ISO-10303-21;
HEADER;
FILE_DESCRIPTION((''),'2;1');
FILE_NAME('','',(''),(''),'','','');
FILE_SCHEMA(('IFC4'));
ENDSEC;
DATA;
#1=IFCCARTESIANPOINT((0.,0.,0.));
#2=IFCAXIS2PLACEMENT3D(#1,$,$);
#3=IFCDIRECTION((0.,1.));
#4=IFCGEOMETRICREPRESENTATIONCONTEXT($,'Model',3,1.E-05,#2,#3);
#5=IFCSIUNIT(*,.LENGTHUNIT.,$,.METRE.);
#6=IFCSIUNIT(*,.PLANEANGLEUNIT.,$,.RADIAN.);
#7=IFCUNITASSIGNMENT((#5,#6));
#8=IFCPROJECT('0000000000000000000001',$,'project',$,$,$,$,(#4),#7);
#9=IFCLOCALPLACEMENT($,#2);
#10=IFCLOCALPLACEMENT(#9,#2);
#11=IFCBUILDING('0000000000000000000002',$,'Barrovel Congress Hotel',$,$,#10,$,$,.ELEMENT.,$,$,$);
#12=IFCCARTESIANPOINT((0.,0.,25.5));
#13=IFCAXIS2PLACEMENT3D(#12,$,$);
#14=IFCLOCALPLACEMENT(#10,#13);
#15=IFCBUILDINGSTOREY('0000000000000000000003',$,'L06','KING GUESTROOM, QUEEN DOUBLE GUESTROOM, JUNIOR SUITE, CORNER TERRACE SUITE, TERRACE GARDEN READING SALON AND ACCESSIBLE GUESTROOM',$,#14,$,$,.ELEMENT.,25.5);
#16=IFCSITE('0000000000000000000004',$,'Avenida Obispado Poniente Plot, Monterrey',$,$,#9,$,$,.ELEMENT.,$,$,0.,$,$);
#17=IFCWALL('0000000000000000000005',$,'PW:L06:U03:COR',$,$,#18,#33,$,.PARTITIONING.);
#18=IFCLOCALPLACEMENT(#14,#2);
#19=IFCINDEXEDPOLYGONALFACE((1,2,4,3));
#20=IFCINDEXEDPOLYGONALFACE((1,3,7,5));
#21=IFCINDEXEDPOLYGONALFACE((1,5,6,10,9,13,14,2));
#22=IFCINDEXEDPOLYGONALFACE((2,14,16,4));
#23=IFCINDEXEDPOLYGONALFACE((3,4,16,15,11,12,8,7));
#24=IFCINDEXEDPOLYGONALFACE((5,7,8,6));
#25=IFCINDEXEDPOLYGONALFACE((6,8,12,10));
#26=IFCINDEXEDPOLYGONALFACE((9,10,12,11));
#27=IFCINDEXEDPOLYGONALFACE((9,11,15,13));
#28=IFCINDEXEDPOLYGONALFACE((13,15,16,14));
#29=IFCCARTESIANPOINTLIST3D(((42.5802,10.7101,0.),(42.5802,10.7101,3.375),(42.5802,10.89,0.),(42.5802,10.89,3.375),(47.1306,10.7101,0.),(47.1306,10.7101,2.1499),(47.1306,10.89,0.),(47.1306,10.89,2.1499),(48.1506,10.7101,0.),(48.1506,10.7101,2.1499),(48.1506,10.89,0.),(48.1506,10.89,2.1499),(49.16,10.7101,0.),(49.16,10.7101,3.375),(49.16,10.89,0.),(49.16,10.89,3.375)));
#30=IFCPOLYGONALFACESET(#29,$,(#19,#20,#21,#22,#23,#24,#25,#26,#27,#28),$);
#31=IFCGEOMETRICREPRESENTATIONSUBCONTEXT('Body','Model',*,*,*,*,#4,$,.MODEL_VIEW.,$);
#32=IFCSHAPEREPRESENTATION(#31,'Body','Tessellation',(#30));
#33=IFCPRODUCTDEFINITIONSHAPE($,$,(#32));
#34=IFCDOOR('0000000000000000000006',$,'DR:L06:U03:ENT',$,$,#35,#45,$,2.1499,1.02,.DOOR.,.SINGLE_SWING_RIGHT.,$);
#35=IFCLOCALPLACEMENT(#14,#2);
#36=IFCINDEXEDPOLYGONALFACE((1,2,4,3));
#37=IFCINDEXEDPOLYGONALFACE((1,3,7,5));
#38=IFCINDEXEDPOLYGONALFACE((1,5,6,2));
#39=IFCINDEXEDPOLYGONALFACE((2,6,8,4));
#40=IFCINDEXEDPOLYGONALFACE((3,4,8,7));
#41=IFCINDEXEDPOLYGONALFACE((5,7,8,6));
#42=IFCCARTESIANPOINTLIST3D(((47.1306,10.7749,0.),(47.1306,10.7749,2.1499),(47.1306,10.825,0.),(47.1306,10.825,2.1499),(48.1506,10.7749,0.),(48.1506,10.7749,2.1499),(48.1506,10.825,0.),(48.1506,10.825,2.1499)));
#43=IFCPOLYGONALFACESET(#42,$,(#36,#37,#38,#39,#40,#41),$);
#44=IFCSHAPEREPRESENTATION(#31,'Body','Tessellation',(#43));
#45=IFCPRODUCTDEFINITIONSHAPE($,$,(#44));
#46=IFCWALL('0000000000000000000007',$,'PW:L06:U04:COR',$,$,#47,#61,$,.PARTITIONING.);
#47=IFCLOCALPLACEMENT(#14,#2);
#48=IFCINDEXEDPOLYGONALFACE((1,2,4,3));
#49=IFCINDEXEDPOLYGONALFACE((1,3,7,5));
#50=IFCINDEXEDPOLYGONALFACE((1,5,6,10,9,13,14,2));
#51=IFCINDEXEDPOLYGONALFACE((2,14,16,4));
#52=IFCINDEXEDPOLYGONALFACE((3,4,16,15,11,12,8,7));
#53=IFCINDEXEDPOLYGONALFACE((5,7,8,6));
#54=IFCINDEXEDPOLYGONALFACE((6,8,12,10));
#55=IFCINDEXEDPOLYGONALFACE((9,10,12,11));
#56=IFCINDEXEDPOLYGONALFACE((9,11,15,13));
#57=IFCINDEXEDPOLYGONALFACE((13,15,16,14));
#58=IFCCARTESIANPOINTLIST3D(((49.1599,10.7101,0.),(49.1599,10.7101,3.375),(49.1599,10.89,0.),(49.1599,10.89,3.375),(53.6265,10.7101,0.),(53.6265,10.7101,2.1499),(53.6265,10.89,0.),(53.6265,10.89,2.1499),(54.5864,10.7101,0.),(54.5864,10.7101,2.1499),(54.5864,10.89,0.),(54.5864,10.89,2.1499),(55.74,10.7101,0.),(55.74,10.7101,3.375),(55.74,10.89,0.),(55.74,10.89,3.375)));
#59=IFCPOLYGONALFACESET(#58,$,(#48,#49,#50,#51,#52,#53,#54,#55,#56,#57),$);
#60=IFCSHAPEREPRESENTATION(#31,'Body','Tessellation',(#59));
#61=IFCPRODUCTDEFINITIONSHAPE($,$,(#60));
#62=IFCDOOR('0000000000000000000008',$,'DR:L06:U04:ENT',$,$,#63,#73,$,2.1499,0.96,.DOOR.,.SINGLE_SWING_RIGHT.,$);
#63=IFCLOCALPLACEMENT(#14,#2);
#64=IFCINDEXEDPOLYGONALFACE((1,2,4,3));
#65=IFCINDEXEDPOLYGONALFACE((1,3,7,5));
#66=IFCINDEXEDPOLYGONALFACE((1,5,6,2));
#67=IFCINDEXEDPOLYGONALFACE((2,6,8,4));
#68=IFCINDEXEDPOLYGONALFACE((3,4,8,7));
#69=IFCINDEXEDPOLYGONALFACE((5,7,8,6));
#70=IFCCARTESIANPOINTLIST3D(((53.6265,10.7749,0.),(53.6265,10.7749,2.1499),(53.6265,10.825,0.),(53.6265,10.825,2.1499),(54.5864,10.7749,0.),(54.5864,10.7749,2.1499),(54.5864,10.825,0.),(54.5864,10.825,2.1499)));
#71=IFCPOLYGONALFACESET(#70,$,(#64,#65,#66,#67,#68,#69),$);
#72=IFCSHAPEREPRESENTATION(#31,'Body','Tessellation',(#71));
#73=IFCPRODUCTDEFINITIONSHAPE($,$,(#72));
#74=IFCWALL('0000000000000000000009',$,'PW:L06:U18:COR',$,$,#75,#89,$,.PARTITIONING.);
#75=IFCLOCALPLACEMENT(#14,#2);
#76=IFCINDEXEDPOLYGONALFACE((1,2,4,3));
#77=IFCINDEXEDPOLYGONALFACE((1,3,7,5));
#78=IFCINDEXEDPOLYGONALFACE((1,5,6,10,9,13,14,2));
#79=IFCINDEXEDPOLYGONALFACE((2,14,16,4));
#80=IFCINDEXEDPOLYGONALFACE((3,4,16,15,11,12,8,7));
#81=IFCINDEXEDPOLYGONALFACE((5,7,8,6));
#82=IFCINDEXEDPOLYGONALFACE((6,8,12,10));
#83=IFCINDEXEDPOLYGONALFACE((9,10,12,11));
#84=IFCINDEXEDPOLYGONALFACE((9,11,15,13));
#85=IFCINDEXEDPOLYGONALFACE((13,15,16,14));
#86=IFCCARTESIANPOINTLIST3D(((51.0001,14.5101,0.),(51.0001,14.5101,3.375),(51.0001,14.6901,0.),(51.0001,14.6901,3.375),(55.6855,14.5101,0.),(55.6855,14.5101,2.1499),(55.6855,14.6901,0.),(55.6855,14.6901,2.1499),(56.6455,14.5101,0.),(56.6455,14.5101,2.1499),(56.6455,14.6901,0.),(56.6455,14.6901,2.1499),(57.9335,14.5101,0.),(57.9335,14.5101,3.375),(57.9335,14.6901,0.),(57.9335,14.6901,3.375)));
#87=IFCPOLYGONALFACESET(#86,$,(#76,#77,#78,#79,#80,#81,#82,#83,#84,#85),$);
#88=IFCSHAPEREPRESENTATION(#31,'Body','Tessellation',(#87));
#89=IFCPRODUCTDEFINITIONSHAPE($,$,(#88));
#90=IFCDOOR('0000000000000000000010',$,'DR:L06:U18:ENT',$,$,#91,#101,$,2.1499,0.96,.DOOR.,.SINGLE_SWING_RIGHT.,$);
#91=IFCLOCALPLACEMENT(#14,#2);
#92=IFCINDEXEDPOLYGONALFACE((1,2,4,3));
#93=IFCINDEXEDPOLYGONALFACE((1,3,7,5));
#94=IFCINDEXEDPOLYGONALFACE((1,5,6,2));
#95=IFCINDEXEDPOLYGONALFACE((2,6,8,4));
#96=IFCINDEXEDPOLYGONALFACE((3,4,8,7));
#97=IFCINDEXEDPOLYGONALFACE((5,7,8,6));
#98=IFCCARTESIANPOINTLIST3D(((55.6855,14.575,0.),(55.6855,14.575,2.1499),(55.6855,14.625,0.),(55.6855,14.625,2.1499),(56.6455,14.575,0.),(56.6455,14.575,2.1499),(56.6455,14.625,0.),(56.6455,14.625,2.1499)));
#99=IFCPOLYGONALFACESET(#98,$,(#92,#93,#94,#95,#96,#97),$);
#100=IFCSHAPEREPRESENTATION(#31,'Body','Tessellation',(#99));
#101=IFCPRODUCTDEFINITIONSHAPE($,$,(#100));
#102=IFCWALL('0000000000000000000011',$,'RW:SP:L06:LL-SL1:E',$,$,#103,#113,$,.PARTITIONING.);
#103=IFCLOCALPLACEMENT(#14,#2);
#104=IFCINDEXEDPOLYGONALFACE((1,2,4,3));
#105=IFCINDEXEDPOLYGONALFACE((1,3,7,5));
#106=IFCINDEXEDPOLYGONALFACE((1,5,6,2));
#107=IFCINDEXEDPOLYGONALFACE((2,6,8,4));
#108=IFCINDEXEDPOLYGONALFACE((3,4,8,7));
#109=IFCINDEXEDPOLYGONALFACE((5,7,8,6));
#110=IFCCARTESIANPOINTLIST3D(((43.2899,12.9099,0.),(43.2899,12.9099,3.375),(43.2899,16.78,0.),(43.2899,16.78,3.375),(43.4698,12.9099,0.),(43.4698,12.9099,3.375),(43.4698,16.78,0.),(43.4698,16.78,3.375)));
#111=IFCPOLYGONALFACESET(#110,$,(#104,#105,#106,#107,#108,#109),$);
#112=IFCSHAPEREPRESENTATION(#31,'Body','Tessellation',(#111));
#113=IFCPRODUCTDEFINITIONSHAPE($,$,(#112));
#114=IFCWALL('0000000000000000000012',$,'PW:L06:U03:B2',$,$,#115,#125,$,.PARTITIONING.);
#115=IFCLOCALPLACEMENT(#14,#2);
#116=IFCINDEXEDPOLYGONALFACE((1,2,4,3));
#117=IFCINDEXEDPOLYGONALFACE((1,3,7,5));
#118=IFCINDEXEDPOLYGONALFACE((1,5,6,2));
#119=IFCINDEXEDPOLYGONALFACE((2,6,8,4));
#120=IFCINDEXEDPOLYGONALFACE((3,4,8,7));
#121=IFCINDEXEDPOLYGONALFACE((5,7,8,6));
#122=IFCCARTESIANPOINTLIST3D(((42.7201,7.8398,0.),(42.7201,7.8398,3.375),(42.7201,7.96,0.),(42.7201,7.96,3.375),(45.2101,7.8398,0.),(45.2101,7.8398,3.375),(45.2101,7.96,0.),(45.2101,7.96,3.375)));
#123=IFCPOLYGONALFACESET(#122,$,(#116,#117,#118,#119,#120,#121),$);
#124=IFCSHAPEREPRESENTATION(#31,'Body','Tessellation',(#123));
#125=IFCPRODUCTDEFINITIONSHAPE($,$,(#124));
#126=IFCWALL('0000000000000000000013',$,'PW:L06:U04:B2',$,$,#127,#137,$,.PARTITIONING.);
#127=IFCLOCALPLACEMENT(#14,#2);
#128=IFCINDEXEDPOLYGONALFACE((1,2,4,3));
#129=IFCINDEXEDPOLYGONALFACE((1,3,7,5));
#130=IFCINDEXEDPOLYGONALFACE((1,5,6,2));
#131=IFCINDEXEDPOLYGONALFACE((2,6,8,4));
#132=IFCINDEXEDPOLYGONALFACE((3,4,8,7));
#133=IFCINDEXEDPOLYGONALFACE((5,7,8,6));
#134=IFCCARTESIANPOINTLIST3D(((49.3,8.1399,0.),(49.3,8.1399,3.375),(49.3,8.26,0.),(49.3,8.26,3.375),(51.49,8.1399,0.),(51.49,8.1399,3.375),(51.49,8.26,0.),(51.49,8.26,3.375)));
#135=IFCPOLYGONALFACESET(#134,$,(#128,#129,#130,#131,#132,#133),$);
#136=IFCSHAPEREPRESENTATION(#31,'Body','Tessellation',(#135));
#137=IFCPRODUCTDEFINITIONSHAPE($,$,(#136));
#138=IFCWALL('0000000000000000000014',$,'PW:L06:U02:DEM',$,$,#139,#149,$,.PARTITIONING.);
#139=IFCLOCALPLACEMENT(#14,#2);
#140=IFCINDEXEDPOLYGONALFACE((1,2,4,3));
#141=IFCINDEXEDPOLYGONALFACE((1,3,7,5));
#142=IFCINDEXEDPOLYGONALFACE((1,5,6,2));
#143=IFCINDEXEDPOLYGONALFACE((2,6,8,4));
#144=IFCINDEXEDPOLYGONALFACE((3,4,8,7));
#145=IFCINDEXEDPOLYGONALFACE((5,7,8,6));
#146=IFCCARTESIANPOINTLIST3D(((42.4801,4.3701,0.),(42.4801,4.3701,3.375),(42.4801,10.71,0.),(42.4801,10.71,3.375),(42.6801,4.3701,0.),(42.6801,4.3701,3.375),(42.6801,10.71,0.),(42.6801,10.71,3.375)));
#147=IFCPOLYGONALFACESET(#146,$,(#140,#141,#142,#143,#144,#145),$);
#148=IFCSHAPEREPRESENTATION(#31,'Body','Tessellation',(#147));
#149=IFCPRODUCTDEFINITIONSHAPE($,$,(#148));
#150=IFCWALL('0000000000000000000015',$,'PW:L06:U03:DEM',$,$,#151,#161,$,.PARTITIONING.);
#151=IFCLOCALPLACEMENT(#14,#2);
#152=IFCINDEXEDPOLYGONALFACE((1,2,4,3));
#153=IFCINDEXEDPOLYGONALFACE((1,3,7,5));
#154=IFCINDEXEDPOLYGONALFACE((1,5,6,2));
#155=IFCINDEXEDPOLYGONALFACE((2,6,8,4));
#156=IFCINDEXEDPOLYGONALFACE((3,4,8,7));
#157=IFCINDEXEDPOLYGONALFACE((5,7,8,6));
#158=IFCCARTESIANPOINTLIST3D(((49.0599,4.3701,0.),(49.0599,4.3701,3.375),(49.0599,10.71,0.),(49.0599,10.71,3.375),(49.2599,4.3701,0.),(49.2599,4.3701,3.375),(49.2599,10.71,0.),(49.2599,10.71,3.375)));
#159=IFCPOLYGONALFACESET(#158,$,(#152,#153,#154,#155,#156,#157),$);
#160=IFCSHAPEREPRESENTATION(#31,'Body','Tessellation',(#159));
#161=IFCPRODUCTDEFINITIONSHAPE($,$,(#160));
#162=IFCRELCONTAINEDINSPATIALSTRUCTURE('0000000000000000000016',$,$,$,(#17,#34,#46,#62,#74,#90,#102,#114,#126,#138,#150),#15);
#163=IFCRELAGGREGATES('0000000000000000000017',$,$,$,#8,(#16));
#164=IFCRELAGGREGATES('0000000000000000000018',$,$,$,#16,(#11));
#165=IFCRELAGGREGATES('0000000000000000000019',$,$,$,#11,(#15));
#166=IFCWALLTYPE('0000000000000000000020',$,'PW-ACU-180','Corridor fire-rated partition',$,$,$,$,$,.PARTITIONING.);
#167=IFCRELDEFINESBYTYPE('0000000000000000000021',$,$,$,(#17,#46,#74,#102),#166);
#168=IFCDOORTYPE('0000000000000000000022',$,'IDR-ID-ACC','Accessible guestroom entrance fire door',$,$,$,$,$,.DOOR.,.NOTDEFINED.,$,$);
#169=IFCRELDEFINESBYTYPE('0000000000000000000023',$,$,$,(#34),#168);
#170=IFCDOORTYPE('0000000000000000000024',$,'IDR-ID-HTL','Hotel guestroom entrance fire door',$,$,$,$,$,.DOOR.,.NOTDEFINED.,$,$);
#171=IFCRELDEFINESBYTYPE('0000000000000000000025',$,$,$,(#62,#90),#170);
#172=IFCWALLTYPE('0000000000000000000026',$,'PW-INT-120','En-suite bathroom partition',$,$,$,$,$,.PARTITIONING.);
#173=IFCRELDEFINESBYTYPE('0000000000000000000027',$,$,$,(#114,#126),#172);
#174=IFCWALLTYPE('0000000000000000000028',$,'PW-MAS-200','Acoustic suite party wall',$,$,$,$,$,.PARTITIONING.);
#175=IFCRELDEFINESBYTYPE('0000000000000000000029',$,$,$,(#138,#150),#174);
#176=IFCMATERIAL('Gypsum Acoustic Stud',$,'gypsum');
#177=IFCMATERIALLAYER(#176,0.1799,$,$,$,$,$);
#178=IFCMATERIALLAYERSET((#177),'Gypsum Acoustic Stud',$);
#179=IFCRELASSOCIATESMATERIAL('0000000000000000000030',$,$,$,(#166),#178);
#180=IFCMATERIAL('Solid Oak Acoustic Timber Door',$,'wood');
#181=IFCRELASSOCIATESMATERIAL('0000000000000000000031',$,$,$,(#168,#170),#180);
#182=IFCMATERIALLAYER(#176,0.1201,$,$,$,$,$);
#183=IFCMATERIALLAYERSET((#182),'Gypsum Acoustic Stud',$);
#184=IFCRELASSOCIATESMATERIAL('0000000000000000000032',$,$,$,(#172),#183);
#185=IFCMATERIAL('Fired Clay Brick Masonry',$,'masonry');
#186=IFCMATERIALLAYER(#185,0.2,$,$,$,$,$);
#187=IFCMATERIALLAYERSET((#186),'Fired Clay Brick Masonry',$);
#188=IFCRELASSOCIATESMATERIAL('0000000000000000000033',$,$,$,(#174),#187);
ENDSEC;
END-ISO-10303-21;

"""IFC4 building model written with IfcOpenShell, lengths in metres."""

from ifc_helpers import new_model, si_unit, direction, frame, frame_2d, origin, place, context, subcontext, project, spatial, rectangle, extrude, material, layer, layer_set, type_object, element, fill, save


model = new_model("IFC4")

# Units and contexts
model_context = context("Model", 3, precision=1e-05, world=origin(), true_north=direction((0.0, 1.0)))
body_context = subcontext(model_context, "Body", "Model", "MODEL_VIEW")
ifc_project = project(units=[si_unit("LENGTHUNIT", "METRE"), si_unit("PLANEANGLEUNIT", "RADIAN")], contexts=[model_context])

# Site, building, storey
site_placement = place(None, origin())
site = spatial("IfcSite", under=ifc_project, at=site_placement, Name="Avenida Obispado Poniente Plot, Monterrey", CompositionType="ELEMENT", RefElevation=0.0)
building_placement = place(site_placement, origin())
building = spatial("IfcBuilding", under=site, at=building_placement, Name="Barrovel Congress Hotel", CompositionType="ELEMENT")
storey_placement = place(building_placement, frame((0.0, 0.0, 25.5)))
storey = spatial("IfcBuildingStorey", under=building, at=storey_placement, Name="L06", Description="KING GUESTROOM, QUEEN DOUBLE GUESTROOM, JUNIOR SUITE, CORNER TERRACE SUITE, TERRACE GARDEN READING SALON AND ACCESSIBLE GUESTROOM", CompositionType="ELEMENT", Elevation=25.5)

# Walls, openings, doors
ifc_material_1 = material(Name="Gypsum Acoustic Stud", Category="gypsum")
ifc_layer_1 = layer(ifc_material_1, 0.1799)
ifc_layer_set_1 = layer_set([ifc_layer_1], Name="Gypsum Acoustic Stud")
wall_type_1 = type_object("IfcWallType", Name="PW-ACU-180", Description="Corridor fire-rated partition", PredefinedType="PARTITIONING", material=ifc_layer_set_1)
wall_1_placement = place(storey_placement, frame((42.5801, 10.8, 0.0), z_axis=(0.0, 0.0, 1.0), x_axis=(1.0, 0.0, 0.0)))
wall_1 = element("IfcWall", 1, at=wall_1_placement, inside=storey, type_object=wall_type_1, Name="PW:L06:U03:COR", PredefinedType="PARTITIONING", context=body_context, shape_type="SweptSolid", body=[
    extrude(rectangle(XDim=6.5798, YDim=0.1799, at=frame_2d((3.29, 0.0))), origin(), (0.0, 0.0, 1.0), 3.375),
])
opening_1_placement = place(wall_1_placement, frame((4.5505, 0.0, 0.0)))
opening_1 = element("IfcOpeningElement", 2, at=opening_1_placement, cuts=wall_1, PredefinedType="OPENING", context=body_context, shape_type="SweptSolid", body=[
    extrude(rectangle(XDim=1.02, YDim=2.1499, at=frame_2d((0.51, 1.075))), frame((0.0, 0.1001, 0.0), z_axis=(0.0, -1.0, 0.0), x_axis=(1.0, 0.0, 0.0)), (0.0, 0.0, 1.0), 0.2),
])
ifc_material_2 = material(Name="Solid Oak Acoustic Timber Door", Category="wood")
door_type_1 = type_object("IfcDoorType", Name="IDR-ID-ACC", Description="Accessible guestroom entrance fire door", OperationType="NOTDEFINED", PredefinedType="DOOR", material=ifc_material_2)
door_1_placement = place(opening_1_placement, origin())
door_1 = element("IfcDoor", 3, at=door_1_placement, inside=storey, type_object=door_type_1, Name="DR:L06:U03:ENT", OperationType="SINGLE_SWING_RIGHT", OverallHeight=2.1499, OverallWidth=1.02, PredefinedType="DOOR", context=body_context, shape_type="SweptSolid", body=[
    extrude(rectangle(XDim=1.02, YDim=2.1499, at=frame_2d((0.51, 1.075))), frame((0.0, 0.0249, 0.0), z_axis=(0.0, -1.0, 0.0), x_axis=(1.0, 0.0, 0.0)), (0.0, 0.0, 1.0), 0.05),
])
fill(opening_1, door_1)
wall_2_placement = place(storey_placement, frame((49.1599, 10.8, 0.0), z_axis=(0.0, 0.0, 1.0), x_axis=(1.0, 0.0, 0.0)))
wall_2 = element("IfcWall", 4, at=wall_2_placement, inside=storey, type_object=wall_type_1, Name="PW:L06:U04:COR", PredefinedType="PARTITIONING", context=body_context, shape_type="SweptSolid", body=[
    extrude(rectangle(XDim=6.5801, YDim=0.1799, at=frame_2d((3.29, 0.0))), origin(), (0.0, 0.0, 1.0), 3.375),
])
opening_2_placement = place(wall_2_placement, frame((4.4666, 0.0, 0.0)))
opening_2 = element("IfcOpeningElement", 5, at=opening_2_placement, cuts=wall_2, PredefinedType="OPENING", context=body_context, shape_type="SweptSolid", body=[
    extrude(rectangle(XDim=0.96, YDim=2.1499, at=frame_2d((0.48, 1.075))), frame((0.0, 0.1001, 0.0), z_axis=(0.0, -1.0, 0.0), x_axis=(1.0, 0.0, 0.0)), (0.0, 0.0, 1.0), 0.2),
])
door_type_2 = type_object("IfcDoorType", Name="IDR-ID-HTL", Description="Hotel guestroom entrance fire door", OperationType="NOTDEFINED", PredefinedType="DOOR", material=ifc_material_2)
door_2_placement = place(opening_2_placement, origin())
door_2 = element("IfcDoor", 6, at=door_2_placement, inside=storey, type_object=door_type_2, Name="DR:L06:U04:ENT", OperationType="SINGLE_SWING_RIGHT", OverallHeight=2.1499, OverallWidth=0.96, PredefinedType="DOOR", context=body_context, shape_type="SweptSolid", body=[
    extrude(rectangle(XDim=0.96, YDim=2.1499, at=frame_2d((0.48, 1.075))), frame((0.0, 0.0249, 0.0), z_axis=(0.0, -1.0, 0.0), x_axis=(1.0, 0.0, 0.0)), (0.0, 0.0, 1.0), 0.05),
])
fill(opening_2, door_2)
wall_3_placement = place(storey_placement, frame((51.0, 14.6001, 0.0), z_axis=(0.0, 0.0, 1.0), x_axis=(1.0, 0.0, 0.0)))
wall_3 = element("IfcWall", 7, at=wall_3_placement, inside=storey, type_object=wall_type_1, Name="PW:L06:U18:COR", PredefinedType="PARTITIONING", context=body_context, shape_type="SweptSolid", body=[
    extrude(rectangle(XDim=6.9333, YDim=0.1799, at=frame_2d((3.4668, 0.0))), origin(), (0.0, 0.0, 1.0), 3.375),
])
opening_3_placement = place(wall_3_placement, frame((4.6855, 0.0, 0.0)))
opening_3 = element("IfcOpeningElement", 8, at=opening_3_placement, cuts=wall_3, PredefinedType="OPENING", context=body_context, shape_type="SweptSolid", body=[
    extrude(rectangle(XDim=0.96, YDim=2.1499, at=frame_2d((0.48, 1.075))), frame((0.0, 0.1001, 0.0), z_axis=(0.0, -1.0, 0.0), x_axis=(1.0, 0.0, 0.0)), (0.0, 0.0, 1.0), 0.2),
])
door_3_placement = place(opening_3_placement, origin())
door_3 = element("IfcDoor", 9, at=door_3_placement, inside=storey, type_object=door_type_2, Name="DR:L06:U18:ENT", OperationType="SINGLE_SWING_RIGHT", OverallHeight=2.1499, OverallWidth=0.96, PredefinedType="DOOR", context=body_context, shape_type="SweptSolid", body=[
    extrude(rectangle(XDim=0.96, YDim=2.1499, at=frame_2d((0.48, 1.075))), frame((0.0, 0.0249, 0.0), z_axis=(0.0, -1.0, 0.0), x_axis=(1.0, 0.0, 0.0)), (0.0, 0.0, 1.0), 0.05),
])
fill(opening_3, door_3)

# Walls
wall_4_placement = place(storey_placement, frame((43.3799, 12.9099, 0.0), z_axis=(0.0, 0.0, 1.0), x_axis=(0.0, 1.0, 0.0)))
element("IfcWall", 10, at=wall_4_placement, inside=storey, type_object=wall_type_1, Name="RW:SP:L06:LL-SL1:E", PredefinedType="PARTITIONING", context=body_context, shape_type="SweptSolid", body=[
    extrude(rectangle(XDim=3.8701, YDim=0.1799, at=frame_2d((1.9351, 0.0))), origin(), (0.0, 0.0, 1.0), 3.375),
])
ifc_layer_2 = layer(ifc_material_1, 0.1201)
ifc_layer_set_2 = layer_set([ifc_layer_2], Name="Gypsum Acoustic Stud")
wall_type_2 = type_object("IfcWallType", Name="PW-INT-120", Description="En-suite bathroom partition", PredefinedType="PARTITIONING", material=ifc_layer_set_2)
wall_5_placement = place(storey_placement, frame((42.72, 7.8999, 0.0), z_axis=(0.0, 0.0, 1.0), x_axis=(1.0, 0.0, 0.0)))
element("IfcWall", 11, at=wall_5_placement, inside=storey, type_object=wall_type_2, Name="PW:L06:U03:B2", PredefinedType="PARTITIONING", context=body_context, shape_type="SweptSolid", body=[
    extrude(rectangle(XDim=2.49, YDim=0.1201, at=frame_2d((1.2451, 0.0))), origin(), (0.0, 0.0, 1.0), 3.375),
])
wall_6_placement = place(storey_placement, frame((49.3, 8.2, 0.0), z_axis=(0.0, 0.0, 1.0), x_axis=(1.0, 0.0, 0.0)))
element("IfcWall", 12, at=wall_6_placement, inside=storey, type_object=wall_type_2, Name="PW:L06:U04:B2", PredefinedType="PARTITIONING", context=body_context, shape_type="SweptSolid", body=[
    extrude(rectangle(XDim=2.1899, YDim=0.1201, at=frame_2d((1.095, 0.0))), origin(), (0.0, 0.0, 1.0), 3.375),
])
ifc_material_3 = material(Name="Fired Clay Brick Masonry", Category="masonry")
ifc_layer_3 = layer(ifc_material_3, 0.2)
ifc_layer_set_3 = layer_set([ifc_layer_3], Name="Fired Clay Brick Masonry")
wall_type_3 = type_object("IfcWallType", Name="PW-MAS-200", Description="Acoustic suite party wall", PredefinedType="PARTITIONING", material=ifc_layer_set_3)
for number, where, z_axis, x_axis, name in (
    (13, (42.5801, 4.3701, 0.0), (0.0, 0.0, 1.0), (0.0, 1.0, 0.0), "PW:L06:U02:DEM"),
    (14, (49.1599, 4.3701, 0.0), (0.0, 0.0, 1.0), (0.0, 1.0, 0.0), "PW:L06:U03:DEM"),
):
    element("IfcWall", number, at=place(storey_placement, frame(where, z_axis=z_axis, x_axis=x_axis)), inside=storey, type_object=wall_type_3, Name=name, PredefinedType="PARTITIONING", context=body_context, shape_type="SweptSolid", body=[
        extrude(rectangle(XDim=6.3398, YDim=0.2, at=frame_2d((3.1699, 0.0))), origin(), (0.0, 0.0, 1.0), 3.375),
    ])

save(model, "model.ifc")
